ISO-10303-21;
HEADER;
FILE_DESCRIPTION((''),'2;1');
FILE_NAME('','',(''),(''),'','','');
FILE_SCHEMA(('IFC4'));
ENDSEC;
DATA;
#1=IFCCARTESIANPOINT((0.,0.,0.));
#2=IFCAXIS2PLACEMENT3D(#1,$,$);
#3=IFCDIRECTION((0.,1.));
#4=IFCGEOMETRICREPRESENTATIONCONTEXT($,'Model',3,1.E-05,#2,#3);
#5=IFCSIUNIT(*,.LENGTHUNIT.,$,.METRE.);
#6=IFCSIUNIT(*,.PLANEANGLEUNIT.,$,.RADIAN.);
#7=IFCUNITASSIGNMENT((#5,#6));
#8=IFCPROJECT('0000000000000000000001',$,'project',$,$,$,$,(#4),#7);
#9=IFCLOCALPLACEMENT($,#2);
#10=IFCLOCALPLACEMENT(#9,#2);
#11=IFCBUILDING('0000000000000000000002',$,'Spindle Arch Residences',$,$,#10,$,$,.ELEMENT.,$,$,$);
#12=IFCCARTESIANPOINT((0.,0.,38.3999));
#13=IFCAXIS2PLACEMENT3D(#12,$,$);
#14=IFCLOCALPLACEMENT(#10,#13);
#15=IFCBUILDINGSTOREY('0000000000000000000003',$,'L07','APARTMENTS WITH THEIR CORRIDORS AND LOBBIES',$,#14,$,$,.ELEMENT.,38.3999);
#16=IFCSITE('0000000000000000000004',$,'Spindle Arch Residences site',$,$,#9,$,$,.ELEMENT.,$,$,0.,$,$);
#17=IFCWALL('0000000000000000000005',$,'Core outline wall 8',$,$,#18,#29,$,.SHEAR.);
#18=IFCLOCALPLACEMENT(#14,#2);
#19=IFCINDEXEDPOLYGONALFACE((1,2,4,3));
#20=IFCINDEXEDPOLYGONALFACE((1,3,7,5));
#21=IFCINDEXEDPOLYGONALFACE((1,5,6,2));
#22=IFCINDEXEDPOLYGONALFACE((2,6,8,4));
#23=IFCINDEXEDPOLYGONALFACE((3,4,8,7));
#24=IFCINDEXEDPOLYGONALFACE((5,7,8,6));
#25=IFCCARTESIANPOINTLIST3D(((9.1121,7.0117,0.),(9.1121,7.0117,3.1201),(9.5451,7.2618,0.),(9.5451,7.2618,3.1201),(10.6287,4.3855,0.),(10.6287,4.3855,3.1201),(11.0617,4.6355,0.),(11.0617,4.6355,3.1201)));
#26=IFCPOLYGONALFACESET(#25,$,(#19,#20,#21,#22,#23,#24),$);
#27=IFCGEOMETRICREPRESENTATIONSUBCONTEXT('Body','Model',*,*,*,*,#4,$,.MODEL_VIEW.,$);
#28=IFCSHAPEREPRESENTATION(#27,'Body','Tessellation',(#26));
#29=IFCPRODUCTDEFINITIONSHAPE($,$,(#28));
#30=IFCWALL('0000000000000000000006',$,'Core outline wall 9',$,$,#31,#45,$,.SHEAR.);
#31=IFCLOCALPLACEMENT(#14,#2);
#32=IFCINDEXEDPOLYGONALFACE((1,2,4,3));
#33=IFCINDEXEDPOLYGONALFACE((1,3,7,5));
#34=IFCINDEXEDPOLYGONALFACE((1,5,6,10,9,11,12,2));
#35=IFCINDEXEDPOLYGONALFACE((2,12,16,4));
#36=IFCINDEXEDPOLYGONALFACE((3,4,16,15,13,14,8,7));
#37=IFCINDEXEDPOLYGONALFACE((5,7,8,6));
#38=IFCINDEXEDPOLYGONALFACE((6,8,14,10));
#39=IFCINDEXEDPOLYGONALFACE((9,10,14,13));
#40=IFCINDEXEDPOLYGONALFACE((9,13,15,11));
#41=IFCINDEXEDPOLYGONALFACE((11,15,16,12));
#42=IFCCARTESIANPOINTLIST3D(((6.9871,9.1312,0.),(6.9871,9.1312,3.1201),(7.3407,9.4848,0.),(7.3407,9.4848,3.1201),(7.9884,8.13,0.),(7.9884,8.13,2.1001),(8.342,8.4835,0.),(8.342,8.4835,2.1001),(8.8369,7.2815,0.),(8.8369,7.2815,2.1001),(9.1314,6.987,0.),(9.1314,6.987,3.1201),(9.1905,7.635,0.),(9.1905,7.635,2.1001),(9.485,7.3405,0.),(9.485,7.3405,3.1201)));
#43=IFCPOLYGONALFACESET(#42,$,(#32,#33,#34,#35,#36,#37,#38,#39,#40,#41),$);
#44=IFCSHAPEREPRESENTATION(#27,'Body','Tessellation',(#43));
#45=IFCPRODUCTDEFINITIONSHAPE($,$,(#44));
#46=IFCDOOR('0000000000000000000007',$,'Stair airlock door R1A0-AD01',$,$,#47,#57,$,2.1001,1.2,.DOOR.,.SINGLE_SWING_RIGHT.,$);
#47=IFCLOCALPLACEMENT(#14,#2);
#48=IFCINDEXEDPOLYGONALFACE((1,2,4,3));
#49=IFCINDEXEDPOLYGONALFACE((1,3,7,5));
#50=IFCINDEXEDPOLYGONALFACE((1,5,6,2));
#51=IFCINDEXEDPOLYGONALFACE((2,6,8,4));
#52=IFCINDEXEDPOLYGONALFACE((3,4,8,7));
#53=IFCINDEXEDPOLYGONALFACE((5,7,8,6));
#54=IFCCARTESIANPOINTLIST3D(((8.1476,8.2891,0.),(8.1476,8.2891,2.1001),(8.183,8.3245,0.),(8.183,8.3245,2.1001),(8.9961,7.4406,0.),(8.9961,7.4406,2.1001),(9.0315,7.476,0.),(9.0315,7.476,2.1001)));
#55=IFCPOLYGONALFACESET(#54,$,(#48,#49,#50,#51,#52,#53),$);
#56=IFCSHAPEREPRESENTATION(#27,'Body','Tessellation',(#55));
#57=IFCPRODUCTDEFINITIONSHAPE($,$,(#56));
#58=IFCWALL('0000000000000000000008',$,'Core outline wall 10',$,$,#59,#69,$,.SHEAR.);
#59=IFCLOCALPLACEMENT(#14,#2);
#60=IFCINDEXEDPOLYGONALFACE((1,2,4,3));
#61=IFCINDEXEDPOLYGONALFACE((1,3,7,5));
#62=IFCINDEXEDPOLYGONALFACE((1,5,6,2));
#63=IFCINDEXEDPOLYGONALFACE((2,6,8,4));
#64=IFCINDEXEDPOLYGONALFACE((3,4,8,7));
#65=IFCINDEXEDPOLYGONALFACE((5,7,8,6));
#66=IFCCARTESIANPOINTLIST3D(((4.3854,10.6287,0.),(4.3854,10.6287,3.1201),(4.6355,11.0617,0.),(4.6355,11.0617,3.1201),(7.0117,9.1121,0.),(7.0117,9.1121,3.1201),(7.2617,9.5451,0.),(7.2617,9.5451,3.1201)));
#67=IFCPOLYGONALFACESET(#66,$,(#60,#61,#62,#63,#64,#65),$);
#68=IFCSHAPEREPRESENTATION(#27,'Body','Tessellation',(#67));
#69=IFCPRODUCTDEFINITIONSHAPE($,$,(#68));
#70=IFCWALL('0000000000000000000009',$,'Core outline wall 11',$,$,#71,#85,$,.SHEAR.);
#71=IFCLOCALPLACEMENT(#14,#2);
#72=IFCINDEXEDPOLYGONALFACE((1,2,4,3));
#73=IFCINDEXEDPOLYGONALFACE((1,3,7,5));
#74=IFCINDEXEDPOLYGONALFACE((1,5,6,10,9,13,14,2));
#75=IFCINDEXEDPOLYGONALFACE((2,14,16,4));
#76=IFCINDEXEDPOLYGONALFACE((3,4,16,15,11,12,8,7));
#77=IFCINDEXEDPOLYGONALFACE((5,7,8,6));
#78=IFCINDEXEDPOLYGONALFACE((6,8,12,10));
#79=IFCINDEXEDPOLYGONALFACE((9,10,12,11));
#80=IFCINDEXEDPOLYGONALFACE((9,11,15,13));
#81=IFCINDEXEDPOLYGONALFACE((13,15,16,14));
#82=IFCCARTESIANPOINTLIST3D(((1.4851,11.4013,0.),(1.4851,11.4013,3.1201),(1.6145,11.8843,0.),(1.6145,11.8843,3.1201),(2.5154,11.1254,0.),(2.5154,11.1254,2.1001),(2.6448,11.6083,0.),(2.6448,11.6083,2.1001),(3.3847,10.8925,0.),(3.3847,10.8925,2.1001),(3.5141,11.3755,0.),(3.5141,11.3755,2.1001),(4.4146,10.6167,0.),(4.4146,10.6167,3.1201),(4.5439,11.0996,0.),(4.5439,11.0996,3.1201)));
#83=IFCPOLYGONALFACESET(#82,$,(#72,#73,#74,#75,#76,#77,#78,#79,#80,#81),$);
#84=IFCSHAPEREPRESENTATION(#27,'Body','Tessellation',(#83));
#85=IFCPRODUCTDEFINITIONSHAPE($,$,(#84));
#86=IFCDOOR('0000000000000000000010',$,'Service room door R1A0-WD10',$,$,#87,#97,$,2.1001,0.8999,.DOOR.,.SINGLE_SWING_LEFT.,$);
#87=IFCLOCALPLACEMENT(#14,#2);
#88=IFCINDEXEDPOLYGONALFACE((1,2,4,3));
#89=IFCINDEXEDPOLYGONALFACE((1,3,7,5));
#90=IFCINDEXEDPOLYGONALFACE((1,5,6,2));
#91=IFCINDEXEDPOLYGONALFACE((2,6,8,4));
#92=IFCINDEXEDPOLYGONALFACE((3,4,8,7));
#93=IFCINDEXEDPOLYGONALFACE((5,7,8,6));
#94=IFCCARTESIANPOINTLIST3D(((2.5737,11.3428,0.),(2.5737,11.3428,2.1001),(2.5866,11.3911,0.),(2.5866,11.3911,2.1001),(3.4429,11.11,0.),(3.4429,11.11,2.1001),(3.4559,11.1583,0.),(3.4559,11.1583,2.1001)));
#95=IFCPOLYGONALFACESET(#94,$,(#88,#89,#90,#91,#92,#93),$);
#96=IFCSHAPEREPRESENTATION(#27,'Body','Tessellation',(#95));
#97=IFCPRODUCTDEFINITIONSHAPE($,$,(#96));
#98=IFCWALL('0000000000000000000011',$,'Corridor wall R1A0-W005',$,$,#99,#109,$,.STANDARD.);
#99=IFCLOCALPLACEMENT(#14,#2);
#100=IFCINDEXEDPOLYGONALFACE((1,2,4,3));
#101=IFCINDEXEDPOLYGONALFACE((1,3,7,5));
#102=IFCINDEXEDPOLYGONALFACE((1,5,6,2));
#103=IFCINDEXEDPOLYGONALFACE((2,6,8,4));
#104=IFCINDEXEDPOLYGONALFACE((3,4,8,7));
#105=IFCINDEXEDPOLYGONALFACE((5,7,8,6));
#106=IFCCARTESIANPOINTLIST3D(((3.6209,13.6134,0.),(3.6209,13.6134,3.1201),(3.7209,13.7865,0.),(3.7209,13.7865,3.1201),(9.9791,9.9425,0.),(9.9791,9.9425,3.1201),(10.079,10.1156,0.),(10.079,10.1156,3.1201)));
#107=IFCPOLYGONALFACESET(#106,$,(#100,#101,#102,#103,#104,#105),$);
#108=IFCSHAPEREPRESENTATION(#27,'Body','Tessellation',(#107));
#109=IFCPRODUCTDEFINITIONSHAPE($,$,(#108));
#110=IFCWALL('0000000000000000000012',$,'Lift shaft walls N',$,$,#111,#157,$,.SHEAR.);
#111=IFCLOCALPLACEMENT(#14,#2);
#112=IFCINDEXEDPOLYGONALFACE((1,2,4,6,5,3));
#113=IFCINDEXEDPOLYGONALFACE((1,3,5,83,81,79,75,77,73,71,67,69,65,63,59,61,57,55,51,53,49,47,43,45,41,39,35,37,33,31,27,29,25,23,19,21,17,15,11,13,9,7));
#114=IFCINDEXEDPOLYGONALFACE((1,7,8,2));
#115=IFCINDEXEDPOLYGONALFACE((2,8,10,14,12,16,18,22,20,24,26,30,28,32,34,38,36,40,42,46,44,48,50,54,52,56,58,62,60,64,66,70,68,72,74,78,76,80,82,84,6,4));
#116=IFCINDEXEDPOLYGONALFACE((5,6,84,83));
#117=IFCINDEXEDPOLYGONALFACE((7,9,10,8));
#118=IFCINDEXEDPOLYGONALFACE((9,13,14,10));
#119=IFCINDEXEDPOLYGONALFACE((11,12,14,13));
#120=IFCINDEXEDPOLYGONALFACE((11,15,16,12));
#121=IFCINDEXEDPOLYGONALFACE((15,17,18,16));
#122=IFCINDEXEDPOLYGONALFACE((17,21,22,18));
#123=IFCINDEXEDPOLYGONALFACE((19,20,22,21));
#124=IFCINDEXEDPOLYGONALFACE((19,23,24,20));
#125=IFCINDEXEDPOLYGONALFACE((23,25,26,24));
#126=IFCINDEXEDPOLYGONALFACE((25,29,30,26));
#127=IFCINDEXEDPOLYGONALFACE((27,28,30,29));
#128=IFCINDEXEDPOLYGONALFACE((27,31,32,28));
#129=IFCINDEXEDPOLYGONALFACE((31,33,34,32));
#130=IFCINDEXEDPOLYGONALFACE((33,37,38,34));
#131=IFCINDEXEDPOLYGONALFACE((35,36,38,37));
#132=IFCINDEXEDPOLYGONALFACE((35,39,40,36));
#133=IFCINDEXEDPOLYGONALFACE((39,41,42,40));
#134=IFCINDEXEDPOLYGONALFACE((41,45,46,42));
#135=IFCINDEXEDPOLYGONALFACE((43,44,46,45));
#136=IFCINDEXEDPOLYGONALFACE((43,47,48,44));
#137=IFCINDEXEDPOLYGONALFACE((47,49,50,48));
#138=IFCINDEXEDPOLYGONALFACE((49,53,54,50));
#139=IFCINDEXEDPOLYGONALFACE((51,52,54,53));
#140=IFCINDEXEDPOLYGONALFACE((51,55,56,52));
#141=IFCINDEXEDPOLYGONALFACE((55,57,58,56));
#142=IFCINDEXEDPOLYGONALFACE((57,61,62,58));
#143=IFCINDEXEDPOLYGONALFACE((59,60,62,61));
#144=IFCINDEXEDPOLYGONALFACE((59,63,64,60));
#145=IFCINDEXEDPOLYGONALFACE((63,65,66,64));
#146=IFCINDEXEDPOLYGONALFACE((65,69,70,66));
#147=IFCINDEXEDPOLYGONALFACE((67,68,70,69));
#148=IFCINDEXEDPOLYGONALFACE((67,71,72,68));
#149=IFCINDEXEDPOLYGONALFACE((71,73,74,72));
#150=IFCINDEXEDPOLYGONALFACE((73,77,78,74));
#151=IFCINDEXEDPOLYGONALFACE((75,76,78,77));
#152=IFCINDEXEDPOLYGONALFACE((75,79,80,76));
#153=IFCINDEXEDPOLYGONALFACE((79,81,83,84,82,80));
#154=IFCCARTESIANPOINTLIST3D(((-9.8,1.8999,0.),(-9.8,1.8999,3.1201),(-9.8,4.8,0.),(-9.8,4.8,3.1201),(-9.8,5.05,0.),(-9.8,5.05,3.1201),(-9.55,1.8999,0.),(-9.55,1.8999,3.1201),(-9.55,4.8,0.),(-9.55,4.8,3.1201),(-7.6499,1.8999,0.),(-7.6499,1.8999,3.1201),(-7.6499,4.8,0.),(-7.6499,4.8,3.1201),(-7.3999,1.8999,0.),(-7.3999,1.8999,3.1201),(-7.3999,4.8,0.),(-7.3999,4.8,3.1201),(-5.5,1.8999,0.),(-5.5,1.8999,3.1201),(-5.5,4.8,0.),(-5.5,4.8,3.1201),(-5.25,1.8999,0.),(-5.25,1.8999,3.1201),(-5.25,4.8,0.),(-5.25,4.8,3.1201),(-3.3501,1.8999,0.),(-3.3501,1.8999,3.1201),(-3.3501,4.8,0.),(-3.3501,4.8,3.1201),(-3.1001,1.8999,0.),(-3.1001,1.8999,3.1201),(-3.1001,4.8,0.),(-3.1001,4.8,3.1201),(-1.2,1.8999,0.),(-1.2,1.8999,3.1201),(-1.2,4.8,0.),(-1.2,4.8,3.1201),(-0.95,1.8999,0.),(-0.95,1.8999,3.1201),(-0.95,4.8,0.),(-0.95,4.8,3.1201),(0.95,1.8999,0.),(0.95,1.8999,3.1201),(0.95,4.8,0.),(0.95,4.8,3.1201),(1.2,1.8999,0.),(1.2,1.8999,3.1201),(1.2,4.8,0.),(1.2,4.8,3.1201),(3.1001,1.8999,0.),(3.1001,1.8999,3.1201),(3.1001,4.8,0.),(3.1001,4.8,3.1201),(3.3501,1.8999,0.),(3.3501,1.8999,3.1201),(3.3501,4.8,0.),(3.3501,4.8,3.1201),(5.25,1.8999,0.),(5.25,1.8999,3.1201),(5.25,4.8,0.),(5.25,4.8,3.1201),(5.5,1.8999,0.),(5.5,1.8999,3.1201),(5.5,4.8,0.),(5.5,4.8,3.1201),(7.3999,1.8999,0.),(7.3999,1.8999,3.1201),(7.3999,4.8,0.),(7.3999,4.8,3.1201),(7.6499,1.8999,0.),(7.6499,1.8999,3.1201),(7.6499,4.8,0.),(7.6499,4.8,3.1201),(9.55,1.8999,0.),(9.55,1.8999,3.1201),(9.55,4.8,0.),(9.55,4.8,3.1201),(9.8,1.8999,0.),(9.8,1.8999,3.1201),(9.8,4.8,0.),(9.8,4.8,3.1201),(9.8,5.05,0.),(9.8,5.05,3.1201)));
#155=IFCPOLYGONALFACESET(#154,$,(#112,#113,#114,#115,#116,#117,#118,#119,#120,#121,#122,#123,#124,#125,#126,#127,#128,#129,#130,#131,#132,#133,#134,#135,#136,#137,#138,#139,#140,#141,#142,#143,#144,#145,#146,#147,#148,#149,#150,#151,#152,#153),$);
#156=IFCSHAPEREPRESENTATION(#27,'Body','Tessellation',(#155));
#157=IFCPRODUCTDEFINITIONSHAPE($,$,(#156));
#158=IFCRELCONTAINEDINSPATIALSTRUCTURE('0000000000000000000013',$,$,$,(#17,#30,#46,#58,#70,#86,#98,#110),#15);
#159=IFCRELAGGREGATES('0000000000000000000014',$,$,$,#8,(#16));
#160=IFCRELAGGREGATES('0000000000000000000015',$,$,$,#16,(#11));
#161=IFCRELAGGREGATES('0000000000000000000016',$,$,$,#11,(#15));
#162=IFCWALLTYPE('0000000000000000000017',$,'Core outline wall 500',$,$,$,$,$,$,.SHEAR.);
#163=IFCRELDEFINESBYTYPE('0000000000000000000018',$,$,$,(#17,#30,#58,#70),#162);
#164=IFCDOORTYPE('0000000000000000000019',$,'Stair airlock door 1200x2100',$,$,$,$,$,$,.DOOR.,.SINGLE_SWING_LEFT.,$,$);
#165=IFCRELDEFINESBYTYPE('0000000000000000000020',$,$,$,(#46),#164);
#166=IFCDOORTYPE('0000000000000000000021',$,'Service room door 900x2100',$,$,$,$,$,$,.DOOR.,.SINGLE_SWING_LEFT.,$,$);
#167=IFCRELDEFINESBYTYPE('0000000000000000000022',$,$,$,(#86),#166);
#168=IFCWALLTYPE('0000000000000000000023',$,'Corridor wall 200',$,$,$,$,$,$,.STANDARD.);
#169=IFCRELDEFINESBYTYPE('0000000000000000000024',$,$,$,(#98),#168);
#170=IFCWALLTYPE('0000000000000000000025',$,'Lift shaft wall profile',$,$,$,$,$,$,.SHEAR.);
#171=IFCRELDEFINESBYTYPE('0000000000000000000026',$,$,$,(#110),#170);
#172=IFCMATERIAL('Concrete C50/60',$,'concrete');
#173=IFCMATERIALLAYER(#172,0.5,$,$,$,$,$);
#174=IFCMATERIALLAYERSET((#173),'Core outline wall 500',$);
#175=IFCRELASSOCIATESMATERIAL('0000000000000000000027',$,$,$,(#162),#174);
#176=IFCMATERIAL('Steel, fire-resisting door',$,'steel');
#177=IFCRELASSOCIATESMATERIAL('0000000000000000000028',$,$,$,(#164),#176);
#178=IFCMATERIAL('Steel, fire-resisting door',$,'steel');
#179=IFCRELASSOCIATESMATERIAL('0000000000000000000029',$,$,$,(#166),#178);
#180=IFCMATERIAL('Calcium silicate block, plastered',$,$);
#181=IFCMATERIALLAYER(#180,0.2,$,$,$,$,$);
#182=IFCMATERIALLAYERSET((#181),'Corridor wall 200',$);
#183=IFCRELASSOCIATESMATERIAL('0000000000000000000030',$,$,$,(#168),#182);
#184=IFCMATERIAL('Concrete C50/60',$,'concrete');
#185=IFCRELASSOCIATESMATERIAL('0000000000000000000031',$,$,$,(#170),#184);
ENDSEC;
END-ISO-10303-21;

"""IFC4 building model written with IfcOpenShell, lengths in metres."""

from ifc_helpers import new_model, si_unit, direction, frame, frame_2d, origin, place, context, subcontext, project, spatial, polyline, rectangle, outline, extrude, material, layer, layer_set, type_object, element, fill, save


model = new_model("IFC4")

# Units and contexts
model_context = context("Model", 3, precision=1e-05, world=origin(), true_north=direction((0.0, 1.0)))
body_context = subcontext(model_context, "Body", "Model", "MODEL_VIEW")
ifc_project = project(units=[si_unit("LENGTHUNIT", "METRE"), si_unit("PLANEANGLEUNIT", "RADIAN")], contexts=[model_context])

# Site, building, storey
site_placement = place(None, origin())
site = spatial("IfcSite", under=ifc_project, at=site_placement, Name="Spindle Arch Residences site", CompositionType="ELEMENT", RefElevation=0.0)
building_placement = place(site_placement, origin())
building = spatial("IfcBuilding", under=site, at=building_placement, Name="Spindle Arch Residences", CompositionType="ELEMENT")
storey_placement = place(building_placement, frame((0.0, 0.0, 38.3999)))
storey = spatial("IfcBuildingStorey", under=building, at=storey_placement, Name="L07", Description="APARTMENTS WITH THEIR CORRIDORS AND LOBBIES", CompositionType="ELEMENT", Elevation=38.3999)

# Wall
ifc_material_1 = material(Name="Concrete C50/60", Category="concrete")
ifc_layer_1 = layer(ifc_material_1, 0.5)
ifc_layer_set_1 = layer_set([ifc_layer_1], Name="Core outline wall 500")
wall_type_1 = type_object("IfcWallType", Name="Core outline wall 500", PredefinedType="SHEAR", material=ifc_layer_set_1)
wall_1_placement = place(storey_placement, frame((10.8452, 4.5105, 0.0), z_axis=(0.0, 0.0, 1.0), x_axis=(-0.500087, 0.865975, 0.0)))
element("IfcWall", 1, at=wall_1_placement, inside=storey, type_object=wall_type_1, Name="Core outline wall 8", PredefinedType="SHEAR", context=body_context, shape_type="SweptSolid", body=[
    extrude(rectangle(XDim=3.0327, YDim=0.5, at=frame_2d((1.5164, 0.0))), origin(), (0.0, 0.0, 1.0), 3.1201),
])

# Wall, opening, door
wall_2_placement = place(storey_placement, frame((9.3081, 7.1638, 0.0), z_axis=(0.0, 0.0, 1.0), x_axis=(-0.707107, 0.707107, 0.0)))
wall_2 = element("IfcWall", 2, at=wall_2_placement, inside=storey, type_object=wall_type_1, Name="Core outline wall 9", PredefinedType="SHEAR", context=body_context, shape_type="SweptSolid", body=[
    extrude(rectangle(XDim=3.0325, YDim=0.5, at=frame_2d((1.5161, 0.0))), origin(), (0.0, 0.0, 1.0), 3.1201),
])
opening_1_placement = place(wall_2_placement, frame((0.4163, 0.0, 0.0)))
opening_1 = element("IfcOpeningElement", 3, at=opening_1_placement, cuts=wall_2, PredefinedType="OPENING", context=body_context, shape_type="SweptSolid", body=[
    extrude(rectangle(XDim=1.2, YDim=2.1001, at=frame_2d((0.6001, 1.05))), frame((0.0, 0.26, 0.0), z_axis=(0.0, -1.0, 0.0), x_axis=(1.0, 0.0, 0.0)), (0.0, 0.0, 1.0), 0.52),
])
ifc_material_2 = material(Name="Steel, fire-resisting door", Category="steel")
door_type_1 = type_object("IfcDoorType", Name="Stair airlock door 1200x2100", OperationType="SINGLE_SWING_LEFT", PredefinedType="DOOR", material=ifc_material_2)
door_1_placement = place(opening_1_placement, origin())
door_1 = element("IfcDoor", 4, at=door_1_placement, inside=storey, type_object=door_type_1, Name="Stair airlock door R1A0-AD01", OperationType="SINGLE_SWING_RIGHT", OverallHeight=2.1001, OverallWidth=1.2, PredefinedType="DOOR", context=body_context, shape_type="SweptSolid", body=[
    extrude(rectangle(XDim=1.2, YDim=2.1001, at=frame_2d((0.6001, 1.05))), frame((0.0, 0.0249, 0.0), z_axis=(0.0, -1.0, 0.0), x_axis=(1.0, 0.0, 0.0)), (0.0, 0.0, 1.0), 0.05),
])
fill(opening_1, door_1)

# Wall
wall_3_placement = place(storey_placement, frame((7.1367, 9.3286, 0.0), z_axis=(0.0, 0.0, 1.0), x_axis=(-0.865975, 0.500087, 0.0)))
element("IfcWall", 5, at=wall_3_placement, inside=storey, type_object=wall_type_1, Name="Core outline wall 10", PredefinedType="SHEAR", context=body_context, shape_type="SweptSolid", body=[
    extrude(rectangle(XDim=3.0327, YDim=0.5, at=frame_2d((1.5164, 0.0))), origin(), (0.0, 0.0, 1.0), 3.1201),
])

# Wall, opening, door
wall_4_placement = place(storey_placement, frame((4.4792, 10.8582, 0.0), z_axis=(0.0, 0.0, 1.0), x_axis=(-0.965948, 0.258735, 0.0)))
wall_4 = element("IfcWall", 6, at=wall_4_placement, inside=storey, type_object=wall_type_1, Name="Core outline wall 11", PredefinedType="SHEAR", context=body_context, shape_type="SweptSolid", body=[
    extrude(rectangle(XDim=3.0327, YDim=0.5, at=frame_2d((1.5164, 0.0))), origin(), (0.0, 0.0, 1.0), 3.1201),
])
opening_2_placement = place(wall_4_placement, frame((1.0662, 0.0, 0.0)))
opening_2 = element("IfcOpeningElement", 7, at=opening_2_placement, cuts=wall_4, PredefinedType="OPENING", context=body_context, shape_type="SweptSolid", body=[
    extrude(rectangle(XDim=0.8999, YDim=2.1001, at=frame_2d((0.45, 1.05))), frame((0.0, 0.26, 0.0), z_axis=(0.0, -1.0, 0.0), x_axis=(1.0, 0.0, 0.0)), (0.0, 0.0, 1.0), 0.52),
])
ifc_material_3 = material(Name="Steel, fire-resisting door", Category="steel")
door_type_2 = type_object("IfcDoorType", Name="Service room door 900x2100", OperationType="SINGLE_SWING_LEFT", PredefinedType="DOOR", material=ifc_material_3)
door_2_placement = place(opening_2_placement, origin())
door_2 = element("IfcDoor", 8, at=door_2_placement, inside=storey, type_object=door_type_2, Name="Service room door R1A0-WD10", OperationType="SINGLE_SWING_LEFT", OverallHeight=2.1001, OverallWidth=0.8999, PredefinedType="DOOR", context=body_context, shape_type="SweptSolid", body=[
    extrude(rectangle(XDim=0.8999, YDim=2.1001, at=frame_2d((0.45, 1.05))), frame((0.0, 0.0249, 0.0), z_axis=(0.0, -1.0, 0.0), x_axis=(1.0, 0.0, 0.0)), (0.0, 0.0, 1.0), 0.05),
])
fill(opening_2, door_2)

# Wall
ifc_material_4 = material(Name="Calcium silicate block, plastered")
ifc_layer_2 = layer(ifc_material_4, 0.2)
ifc_layer_set_2 = layer_set([ifc_layer_2], Name="Corridor wall 200")
wall_type_2 = type_object("IfcWallType", Name="Corridor wall 200", PredefinedType="STANDARD", material=ifc_layer_set_2)
wall_5_placement = place(storey_placement, frame((10.0291, 10.0291, 0.0), z_axis=(0.0, 0.0, 1.0), x_axis=(-0.866024, 0.500002, 0.0)))
element("IfcWall", 9, at=wall_5_placement, inside=storey, type_object=wall_type_2, Name="Corridor wall R1A0-W005", PredefinedType="STANDARD", context=body_context, shape_type="SweptSolid", body=[
    extrude(rectangle(XDim=7.3418, YDim=0.2, at=frame_2d((3.6709, 0.0))), origin(), (0.0, 0.0, 1.0), 3.1201),
])

# Wall
ifc_material_5 = material(Name="Concrete C50/60", Category="concrete")
wall_type_3 = type_object("IfcWallType", Name="Lift shaft wall profile", PredefinedType="SHEAR", material=ifc_material_5)
wall_6_placement = place(storey_placement, origin())
element("IfcWall", 10, at=wall_6_placement, inside=storey, type_object=wall_type_3, Name="Lift shaft walls N", PredefinedType="SHEAR", context=body_context, shape_type="SweptSolid", body=[
    extrude(outline(polyline([(-9.55, 4.8), (-7.6499, 4.8), (-7.6499, 1.8999), (-7.3999, 1.8999), (-7.3999, 4.8), (-5.5, 4.8), (-5.5, 1.8999), (-5.25, 1.8999), (-5.25, 4.8), (-3.3501, 4.8), (-3.3501, 1.8999), (-3.1001, 1.8999), (-3.1001, 4.8), (-1.2, 4.8), (-1.2, 1.8999), (-0.95, 1.8999), (-0.95, 4.8), (0.95, 4.8), (0.95, 1.8999), (1.2, 1.8999), (1.2, 4.8), (3.1001, 4.8), (3.1001, 1.8999), (3.3501, 1.8999), (3.3501, 4.8), (5.25, 4.8), (5.25, 1.8999), (5.5, 1.8999), (5.5, 4.8), (7.3999, 4.8), (7.3999, 1.8999), (7.6499, 1.8999), (7.6499, 4.8), (9.55, 4.8), (9.55, 1.8999), (9.8, 1.8999), (9.8, 4.8), (9.8, 5.05), (-9.8, 5.05), (-9.8, 4.8), (-9.8, 1.8999), (-9.55, 1.8999), (-9.55, 4.8)])), origin(), (0.0, 0.0, 1.0), 3.1201),
])

save(model, "model.ifc")
